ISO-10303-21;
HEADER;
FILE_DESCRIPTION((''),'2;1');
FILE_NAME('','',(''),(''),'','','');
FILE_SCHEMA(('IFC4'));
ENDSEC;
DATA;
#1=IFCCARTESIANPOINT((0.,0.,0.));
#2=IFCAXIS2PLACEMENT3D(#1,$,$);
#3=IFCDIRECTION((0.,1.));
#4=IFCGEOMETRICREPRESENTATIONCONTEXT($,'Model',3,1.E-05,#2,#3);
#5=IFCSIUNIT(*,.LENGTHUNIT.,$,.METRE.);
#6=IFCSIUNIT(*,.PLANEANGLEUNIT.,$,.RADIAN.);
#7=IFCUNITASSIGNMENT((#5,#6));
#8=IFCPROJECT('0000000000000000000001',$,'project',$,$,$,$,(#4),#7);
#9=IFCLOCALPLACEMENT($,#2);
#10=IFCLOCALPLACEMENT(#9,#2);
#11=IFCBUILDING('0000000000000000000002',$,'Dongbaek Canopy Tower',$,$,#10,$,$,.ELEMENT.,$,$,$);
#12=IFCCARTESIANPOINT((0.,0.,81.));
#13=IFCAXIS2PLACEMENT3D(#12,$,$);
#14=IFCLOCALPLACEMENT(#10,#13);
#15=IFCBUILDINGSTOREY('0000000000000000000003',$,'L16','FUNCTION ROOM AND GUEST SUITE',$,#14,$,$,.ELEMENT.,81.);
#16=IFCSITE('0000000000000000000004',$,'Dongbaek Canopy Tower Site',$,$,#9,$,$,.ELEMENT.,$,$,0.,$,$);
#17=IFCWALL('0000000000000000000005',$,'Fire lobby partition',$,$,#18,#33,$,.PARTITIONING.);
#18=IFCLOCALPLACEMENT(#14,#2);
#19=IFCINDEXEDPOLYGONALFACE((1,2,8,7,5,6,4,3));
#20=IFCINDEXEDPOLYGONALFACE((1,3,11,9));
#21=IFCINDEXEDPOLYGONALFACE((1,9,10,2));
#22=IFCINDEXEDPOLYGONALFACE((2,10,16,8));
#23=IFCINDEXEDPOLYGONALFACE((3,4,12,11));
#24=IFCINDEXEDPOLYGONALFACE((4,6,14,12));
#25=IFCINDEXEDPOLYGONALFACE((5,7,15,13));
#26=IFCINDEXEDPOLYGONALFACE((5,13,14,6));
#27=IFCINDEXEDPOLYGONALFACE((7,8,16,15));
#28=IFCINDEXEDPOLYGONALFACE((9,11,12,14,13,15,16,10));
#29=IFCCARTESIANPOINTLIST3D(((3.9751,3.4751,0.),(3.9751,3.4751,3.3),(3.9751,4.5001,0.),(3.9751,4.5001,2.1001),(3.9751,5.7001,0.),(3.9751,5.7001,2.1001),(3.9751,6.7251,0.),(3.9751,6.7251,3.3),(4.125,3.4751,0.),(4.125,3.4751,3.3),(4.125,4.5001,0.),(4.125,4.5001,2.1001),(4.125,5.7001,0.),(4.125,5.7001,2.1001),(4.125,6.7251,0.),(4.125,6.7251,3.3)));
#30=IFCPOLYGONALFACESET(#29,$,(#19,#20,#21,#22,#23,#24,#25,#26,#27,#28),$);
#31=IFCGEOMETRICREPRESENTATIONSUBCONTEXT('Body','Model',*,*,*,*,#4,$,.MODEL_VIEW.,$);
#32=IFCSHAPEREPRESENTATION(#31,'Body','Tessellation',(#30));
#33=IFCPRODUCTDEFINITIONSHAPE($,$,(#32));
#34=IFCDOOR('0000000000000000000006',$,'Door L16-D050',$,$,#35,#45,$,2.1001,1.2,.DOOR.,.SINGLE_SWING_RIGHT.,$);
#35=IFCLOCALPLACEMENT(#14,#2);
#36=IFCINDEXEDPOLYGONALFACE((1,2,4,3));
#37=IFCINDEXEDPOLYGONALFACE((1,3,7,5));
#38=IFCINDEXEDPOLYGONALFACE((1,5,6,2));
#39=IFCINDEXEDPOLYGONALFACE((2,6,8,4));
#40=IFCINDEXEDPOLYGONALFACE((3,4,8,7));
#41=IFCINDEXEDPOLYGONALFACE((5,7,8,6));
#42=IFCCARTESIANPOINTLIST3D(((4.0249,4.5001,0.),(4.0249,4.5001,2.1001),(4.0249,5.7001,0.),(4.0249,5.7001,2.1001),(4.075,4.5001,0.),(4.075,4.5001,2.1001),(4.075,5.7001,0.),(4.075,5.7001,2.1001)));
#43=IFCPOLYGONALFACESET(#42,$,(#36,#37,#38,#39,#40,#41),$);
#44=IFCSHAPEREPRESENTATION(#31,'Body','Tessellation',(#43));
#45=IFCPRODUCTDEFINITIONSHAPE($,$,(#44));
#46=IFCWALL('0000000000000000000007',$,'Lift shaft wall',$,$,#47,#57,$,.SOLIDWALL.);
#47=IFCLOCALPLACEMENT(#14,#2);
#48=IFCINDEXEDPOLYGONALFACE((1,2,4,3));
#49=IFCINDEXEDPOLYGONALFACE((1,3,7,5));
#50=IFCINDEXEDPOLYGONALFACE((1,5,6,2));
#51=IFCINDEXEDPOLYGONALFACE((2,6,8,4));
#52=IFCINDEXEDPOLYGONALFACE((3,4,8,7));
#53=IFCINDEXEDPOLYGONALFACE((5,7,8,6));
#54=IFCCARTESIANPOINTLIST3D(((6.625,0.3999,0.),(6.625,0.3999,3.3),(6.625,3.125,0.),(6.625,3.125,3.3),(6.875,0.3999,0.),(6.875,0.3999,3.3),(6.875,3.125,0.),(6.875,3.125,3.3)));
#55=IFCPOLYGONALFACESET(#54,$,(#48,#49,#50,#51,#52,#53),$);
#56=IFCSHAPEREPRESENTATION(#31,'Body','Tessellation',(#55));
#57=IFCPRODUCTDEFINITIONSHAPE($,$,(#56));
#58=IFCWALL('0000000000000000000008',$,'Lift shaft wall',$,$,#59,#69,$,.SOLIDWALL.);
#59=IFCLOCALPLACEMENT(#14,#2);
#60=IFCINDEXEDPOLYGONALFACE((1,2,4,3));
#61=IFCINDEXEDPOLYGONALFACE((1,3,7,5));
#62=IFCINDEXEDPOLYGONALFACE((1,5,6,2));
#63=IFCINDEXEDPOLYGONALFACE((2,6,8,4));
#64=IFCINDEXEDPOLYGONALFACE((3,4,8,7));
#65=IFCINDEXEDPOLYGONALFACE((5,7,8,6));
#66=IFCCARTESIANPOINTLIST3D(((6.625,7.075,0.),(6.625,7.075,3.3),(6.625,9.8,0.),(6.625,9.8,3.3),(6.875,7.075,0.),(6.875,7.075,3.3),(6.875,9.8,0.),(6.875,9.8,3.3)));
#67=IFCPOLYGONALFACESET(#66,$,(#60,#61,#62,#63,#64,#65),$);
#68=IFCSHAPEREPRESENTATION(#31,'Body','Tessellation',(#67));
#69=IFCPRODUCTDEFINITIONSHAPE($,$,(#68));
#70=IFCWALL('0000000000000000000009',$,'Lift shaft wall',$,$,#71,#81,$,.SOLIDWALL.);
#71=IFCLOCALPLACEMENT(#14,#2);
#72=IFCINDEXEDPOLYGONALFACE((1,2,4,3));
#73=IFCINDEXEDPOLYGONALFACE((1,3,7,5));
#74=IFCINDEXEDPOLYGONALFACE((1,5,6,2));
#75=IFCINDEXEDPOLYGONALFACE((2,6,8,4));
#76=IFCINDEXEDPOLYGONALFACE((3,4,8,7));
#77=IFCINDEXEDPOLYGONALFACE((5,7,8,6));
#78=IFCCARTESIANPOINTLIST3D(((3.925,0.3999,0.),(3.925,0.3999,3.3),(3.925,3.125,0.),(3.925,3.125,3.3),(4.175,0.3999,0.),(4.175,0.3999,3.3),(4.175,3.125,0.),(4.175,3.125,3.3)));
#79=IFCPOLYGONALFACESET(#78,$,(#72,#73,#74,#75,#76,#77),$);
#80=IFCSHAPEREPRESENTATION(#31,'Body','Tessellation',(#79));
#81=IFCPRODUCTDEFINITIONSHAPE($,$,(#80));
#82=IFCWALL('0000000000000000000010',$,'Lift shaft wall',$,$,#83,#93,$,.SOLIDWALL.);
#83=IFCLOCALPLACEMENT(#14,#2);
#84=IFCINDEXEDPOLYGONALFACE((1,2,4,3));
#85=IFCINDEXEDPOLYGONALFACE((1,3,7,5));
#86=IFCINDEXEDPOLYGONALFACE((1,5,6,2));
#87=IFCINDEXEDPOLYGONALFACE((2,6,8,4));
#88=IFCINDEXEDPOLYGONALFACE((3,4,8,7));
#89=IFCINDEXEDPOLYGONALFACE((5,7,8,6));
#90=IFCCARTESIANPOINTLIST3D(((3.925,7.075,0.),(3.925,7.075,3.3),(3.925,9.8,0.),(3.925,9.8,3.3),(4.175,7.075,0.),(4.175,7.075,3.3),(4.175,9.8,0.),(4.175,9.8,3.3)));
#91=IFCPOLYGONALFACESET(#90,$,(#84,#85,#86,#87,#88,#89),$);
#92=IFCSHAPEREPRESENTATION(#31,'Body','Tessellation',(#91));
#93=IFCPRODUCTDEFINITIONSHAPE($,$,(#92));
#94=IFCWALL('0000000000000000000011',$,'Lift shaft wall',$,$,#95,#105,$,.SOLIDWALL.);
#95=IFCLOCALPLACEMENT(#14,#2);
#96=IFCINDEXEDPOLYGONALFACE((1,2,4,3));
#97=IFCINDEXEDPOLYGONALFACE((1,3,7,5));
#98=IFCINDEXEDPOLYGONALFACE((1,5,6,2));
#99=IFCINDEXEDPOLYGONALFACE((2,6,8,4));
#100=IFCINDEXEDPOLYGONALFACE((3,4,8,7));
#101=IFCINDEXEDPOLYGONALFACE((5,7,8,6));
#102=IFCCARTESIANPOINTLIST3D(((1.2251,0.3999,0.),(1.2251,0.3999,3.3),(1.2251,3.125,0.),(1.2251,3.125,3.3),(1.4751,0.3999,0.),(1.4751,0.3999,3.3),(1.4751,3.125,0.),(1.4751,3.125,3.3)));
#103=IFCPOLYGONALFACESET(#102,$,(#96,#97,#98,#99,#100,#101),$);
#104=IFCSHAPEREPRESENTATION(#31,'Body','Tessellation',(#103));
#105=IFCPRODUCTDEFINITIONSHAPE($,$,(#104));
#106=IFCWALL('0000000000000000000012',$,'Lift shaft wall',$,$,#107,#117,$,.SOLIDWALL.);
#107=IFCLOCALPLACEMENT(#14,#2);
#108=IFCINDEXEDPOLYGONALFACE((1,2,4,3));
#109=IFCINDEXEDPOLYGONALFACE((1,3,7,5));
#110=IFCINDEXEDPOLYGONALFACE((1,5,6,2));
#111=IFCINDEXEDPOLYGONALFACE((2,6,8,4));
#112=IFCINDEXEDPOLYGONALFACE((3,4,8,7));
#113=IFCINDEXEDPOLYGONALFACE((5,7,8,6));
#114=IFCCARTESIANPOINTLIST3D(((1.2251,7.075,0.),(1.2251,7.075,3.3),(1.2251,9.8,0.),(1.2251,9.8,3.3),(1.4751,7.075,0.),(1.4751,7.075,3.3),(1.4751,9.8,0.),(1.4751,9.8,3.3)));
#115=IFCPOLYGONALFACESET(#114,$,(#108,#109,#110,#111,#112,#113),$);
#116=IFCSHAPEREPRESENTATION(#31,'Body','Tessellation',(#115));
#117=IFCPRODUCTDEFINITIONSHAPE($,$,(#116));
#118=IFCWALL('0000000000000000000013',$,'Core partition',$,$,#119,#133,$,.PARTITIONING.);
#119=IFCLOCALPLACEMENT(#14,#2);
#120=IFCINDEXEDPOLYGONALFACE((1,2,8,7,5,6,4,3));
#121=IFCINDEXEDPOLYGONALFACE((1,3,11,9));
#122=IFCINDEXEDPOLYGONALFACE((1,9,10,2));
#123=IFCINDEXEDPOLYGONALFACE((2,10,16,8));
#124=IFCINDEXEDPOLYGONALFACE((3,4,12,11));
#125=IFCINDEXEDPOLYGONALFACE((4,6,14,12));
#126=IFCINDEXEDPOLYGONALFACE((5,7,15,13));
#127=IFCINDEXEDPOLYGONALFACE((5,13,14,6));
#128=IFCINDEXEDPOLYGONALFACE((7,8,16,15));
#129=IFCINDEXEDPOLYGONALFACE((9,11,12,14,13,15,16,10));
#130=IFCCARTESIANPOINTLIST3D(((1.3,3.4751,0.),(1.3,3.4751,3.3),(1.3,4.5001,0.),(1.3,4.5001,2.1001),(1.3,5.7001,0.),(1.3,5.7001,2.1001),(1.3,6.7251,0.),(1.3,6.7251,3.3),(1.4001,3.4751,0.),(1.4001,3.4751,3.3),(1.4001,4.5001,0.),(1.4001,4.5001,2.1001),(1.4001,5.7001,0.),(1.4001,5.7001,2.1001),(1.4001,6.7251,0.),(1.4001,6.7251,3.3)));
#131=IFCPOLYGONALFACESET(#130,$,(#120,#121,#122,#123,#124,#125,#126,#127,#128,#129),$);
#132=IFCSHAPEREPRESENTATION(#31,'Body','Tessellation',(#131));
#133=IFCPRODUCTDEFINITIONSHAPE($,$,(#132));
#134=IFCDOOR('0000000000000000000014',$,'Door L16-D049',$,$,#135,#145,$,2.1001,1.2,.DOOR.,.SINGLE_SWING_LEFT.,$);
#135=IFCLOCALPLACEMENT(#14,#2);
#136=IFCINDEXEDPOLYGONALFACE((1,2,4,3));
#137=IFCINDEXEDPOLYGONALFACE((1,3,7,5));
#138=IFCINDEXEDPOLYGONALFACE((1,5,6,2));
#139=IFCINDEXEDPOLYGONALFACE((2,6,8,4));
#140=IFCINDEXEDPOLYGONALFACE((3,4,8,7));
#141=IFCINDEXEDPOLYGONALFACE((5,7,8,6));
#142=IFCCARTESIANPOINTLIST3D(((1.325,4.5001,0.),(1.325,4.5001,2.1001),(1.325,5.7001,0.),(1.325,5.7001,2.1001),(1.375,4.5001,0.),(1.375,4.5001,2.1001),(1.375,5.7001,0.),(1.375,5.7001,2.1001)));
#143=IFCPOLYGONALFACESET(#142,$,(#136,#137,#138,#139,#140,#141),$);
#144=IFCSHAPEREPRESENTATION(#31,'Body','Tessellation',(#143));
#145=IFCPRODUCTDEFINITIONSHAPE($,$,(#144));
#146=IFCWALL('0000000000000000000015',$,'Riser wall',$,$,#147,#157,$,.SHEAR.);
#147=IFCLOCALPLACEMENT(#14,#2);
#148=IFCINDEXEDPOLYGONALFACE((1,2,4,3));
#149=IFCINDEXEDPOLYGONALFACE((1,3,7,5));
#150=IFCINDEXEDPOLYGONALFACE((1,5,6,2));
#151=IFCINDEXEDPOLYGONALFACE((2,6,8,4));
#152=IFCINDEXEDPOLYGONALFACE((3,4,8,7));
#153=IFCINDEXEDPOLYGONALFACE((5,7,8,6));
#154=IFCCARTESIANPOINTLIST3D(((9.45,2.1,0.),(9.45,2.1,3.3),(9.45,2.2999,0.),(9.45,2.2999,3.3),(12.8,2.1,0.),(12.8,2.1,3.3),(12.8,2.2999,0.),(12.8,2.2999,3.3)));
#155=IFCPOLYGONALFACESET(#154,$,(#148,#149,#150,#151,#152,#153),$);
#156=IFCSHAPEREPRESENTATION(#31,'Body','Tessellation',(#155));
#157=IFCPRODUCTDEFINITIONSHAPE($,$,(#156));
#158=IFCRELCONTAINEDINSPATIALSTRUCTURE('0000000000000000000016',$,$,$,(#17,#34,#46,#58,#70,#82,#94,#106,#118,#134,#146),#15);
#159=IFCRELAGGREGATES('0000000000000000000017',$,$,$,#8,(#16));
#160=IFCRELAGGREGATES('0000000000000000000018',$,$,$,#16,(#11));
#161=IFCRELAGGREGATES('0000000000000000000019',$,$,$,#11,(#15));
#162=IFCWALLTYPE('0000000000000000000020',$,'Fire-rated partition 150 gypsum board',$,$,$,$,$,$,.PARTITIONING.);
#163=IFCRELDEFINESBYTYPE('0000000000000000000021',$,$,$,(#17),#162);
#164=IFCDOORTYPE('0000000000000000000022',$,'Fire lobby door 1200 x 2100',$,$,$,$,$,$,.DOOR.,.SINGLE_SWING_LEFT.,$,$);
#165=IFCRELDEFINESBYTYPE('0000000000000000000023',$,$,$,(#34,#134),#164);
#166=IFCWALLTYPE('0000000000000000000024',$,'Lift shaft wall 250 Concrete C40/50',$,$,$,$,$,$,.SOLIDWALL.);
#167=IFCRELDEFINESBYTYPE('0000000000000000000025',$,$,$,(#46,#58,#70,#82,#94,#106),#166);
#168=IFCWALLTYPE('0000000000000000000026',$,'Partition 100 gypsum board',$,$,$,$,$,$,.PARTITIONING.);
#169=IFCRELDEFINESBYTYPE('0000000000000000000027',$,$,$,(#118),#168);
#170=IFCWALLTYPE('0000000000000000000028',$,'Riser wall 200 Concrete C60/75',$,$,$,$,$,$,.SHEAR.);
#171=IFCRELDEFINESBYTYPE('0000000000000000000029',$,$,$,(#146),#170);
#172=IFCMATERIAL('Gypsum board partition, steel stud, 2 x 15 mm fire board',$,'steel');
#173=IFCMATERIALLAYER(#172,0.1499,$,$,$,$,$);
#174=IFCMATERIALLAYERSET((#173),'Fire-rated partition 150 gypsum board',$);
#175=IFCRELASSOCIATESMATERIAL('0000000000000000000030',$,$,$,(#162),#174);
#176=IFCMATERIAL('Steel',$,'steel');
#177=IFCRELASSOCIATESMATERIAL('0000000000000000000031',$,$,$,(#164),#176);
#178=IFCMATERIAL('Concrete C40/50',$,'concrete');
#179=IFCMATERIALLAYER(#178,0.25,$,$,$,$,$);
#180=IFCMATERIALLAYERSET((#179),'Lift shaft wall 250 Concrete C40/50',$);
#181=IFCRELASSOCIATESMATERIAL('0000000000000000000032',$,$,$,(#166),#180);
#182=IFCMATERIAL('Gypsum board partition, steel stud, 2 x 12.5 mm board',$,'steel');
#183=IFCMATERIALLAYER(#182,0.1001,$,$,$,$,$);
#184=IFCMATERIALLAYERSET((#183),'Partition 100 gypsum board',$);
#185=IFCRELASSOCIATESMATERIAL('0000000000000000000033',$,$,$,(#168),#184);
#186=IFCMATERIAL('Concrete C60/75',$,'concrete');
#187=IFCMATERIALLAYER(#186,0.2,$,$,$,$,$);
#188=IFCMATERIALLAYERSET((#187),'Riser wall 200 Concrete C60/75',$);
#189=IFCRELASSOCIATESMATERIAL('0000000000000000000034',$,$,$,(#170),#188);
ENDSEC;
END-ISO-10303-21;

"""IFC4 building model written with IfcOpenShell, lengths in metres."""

from ifc_helpers import new_model, si_unit, direction, frame, frame_2d, origin, place, context, subcontext, project, spatial, rectangle, extrude, material, layer, layer_set, type_object, element, fill, save


model = new_model("IFC4")

# Units and contexts
model_context = context("Model", 3, precision=1e-05, world=origin(), true_north=direction((0.0, 1.0)))
body_context = subcontext(model_context, "Body", "Model", "MODEL_VIEW")
ifc_project = project(units=[si_unit("LENGTHUNIT", "METRE"), si_unit("PLANEANGLEUNIT", "RADIAN")], contexts=[model_context])

# Site, building, storey
site_placement = place(None, origin())
site = spatial("IfcSite", under=ifc_project, at=site_placement, Name="Dongbaek Canopy Tower Site", CompositionType="ELEMENT", RefElevation=0.0)
building_placement = place(site_placement, origin())
building = spatial("IfcBuilding", under=site, at=building_placement, Name="Dongbaek Canopy Tower", CompositionType="ELEMENT")
storey_placement = place(building_placement, frame((0.0, 0.0, 81.0)))
storey = spatial("IfcBuildingStorey", under=building, at=storey_placement, Name="L16", Description="FUNCTION ROOM AND GUEST SUITE", CompositionType="ELEMENT", Elevation=81.0)

# Shared definitions
ifc_material_1 = material(Name="Gypsum board partition, steel stud, 2 x 15 mm fire board", Category="steel")
ifc_layer_1 = layer(ifc_material_1, 0.1499)
ifc_layer_set_1 = layer_set([ifc_layer_1], Name="Fire-rated partition 150 gypsum board")
wall_type_1 = type_object("IfcWallType", Name="Fire-rated partition 150 gypsum board", PredefinedType="PARTITIONING", material=ifc_layer_set_1)

# Wall, opening, door
wall_1_placement = place(storey_placement, frame((4.05, 6.7251, 0.0), z_axis=(0.0, 0.0, 1.0), x_axis=(0.0, -1.0, 0.0)))
wall_1 = element("IfcWall", 1, at=wall_1_placement, inside=storey, type_object=wall_type_1, Name="Fire lobby partition", PredefinedType="PARTITIONING", context=body_context, shape_type="SweptSolid", body=[
    extrude(rectangle(XDim=3.25, YDim=0.1499, at=frame_2d((1.625, 0.0))), origin(), (0.0, 0.0, 1.0), 3.3),
])
opening_1_placement = place(wall_1_placement, frame((1.0249, 0.0, 0.0)))
opening_1 = element("IfcOpeningElement", 2, at=opening_1_placement, cuts=wall_1, PredefinedType="OPENING", context=body_context, shape_type="SweptSolid", body=[
    extrude(rectangle(XDim=1.2, YDim=2.1001, at=frame_2d((0.6001, 1.05))), frame((0.0, 0.085, 0.0), z_axis=(0.0, -1.0, 0.0), x_axis=(1.0, 0.0, 0.0)), (0.0, 0.0, 1.0), 0.1699),
])
ifc_material_2 = material(Name="Steel", Category="steel")
door_type_1 = type_object("IfcDoorType", Name="Fire lobby door 1200 x 2100", OperationType="SINGLE_SWING_LEFT", PredefinedType="DOOR", material=ifc_material_2)
door_1_placement = place(opening_1_placement, origin())
door_1 = element("IfcDoor", 3, at=door_1_placement, inside=storey, type_object=door_type_1, Name="Door L16-D050", OperationType="SINGLE_SWING_RIGHT", OverallHeight=2.1001, OverallWidth=1.2, PredefinedType="DOOR", context=body_context, shape_type="SweptSolid", body=[
    extrude(rectangle(XDim=1.2, YDim=2.1001, at=frame_2d((0.6001, 1.05))), frame((0.0, 0.0249, 0.0), z_axis=(0.0, -1.0, 0.0), x_axis=(1.0, 0.0, 0.0)), (0.0, 0.0, 1.0), 0.05),
])
fill(opening_1, door_1)

# Walls
ifc_material_3 = material(Name="Concrete C40/50", Category="concrete")
ifc_layer_2 = layer(ifc_material_3, 0.25)
ifc_layer_set_2 = layer_set([ifc_layer_2], Name="Lift shaft wall 250 Concrete C40/50")
wall_type_2 = type_object("IfcWallType", Name="Lift shaft wall 250 Concrete C40/50", PredefinedType="SOLIDWALL", material=ifc_layer_set_2)
for number, where, z_axis, x_axis, name in (
    (4, (6.75, 0.3999, 0.0), (0.0, 0.0, 1.0), (0.0, 1.0, 0.0), "Lift shaft wall"),
    (5, (6.75, 7.075, 0.0), (0.0, 0.0, 1.0), (0.0, 1.0, 0.0), "Lift shaft wall"),
    (6, (4.05, 0.3999, 0.0), (0.0, 0.0, 1.0), (0.0, 1.0, 0.0), "Lift shaft wall"),
    (7, (4.05, 7.075, 0.0), (0.0, 0.0, 1.0), (0.0, 1.0, 0.0), "Lift shaft wall"),
    (8, (1.3501, 0.3999, 0.0), (0.0, 0.0, 1.0), (0.0, 1.0, 0.0), "Lift shaft wall"),
    (9, (1.3501, 7.075, 0.0), (0.0, 0.0, 1.0), (0.0, 1.0, 0.0), "Lift shaft wall"),
):
    element("IfcWall", number, at=place(storey_placement, frame(where, z_axis=z_axis, x_axis=x_axis)), inside=storey, type_object=wall_type_2, Name=name, PredefinedType="SOLIDWALL", context=body_context, shape_type="SweptSolid", body=[
        extrude(rectangle(XDim=2.7251, YDim=0.25, at=frame_2d((1.3625, 0.0))), origin(), (0.0, 0.0, 1.0), 3.3),
    ])

# Wall, opening, door
ifc_material_4 = material(Name="Gypsum board partition, steel stud, 2 x 12.5 mm board", Category="steel")
ifc_layer_3 = layer(ifc_material_4, 0.1001)
ifc_layer_set_3 = layer_set([ifc_layer_3], Name="Partition 100 gypsum board")
wall_type_3 = type_object("IfcWallType", Name="Partition 100 gypsum board", PredefinedType="PARTITIONING", material=ifc_layer_set_3)
wall_2_placement = place(storey_placement, frame((1.3501, 6.7251, 0.0), z_axis=(0.0, 0.0, 1.0), x_axis=(0.0, -1.0, 0.0)))
wall_2 = element("IfcWall", 10, at=wall_2_placement, inside=storey, type_object=wall_type_3, Name="Core partition", PredefinedType="PARTITIONING", context=body_context, shape_type="SweptSolid", body=[
    extrude(rectangle(XDim=3.25, YDim=0.1001, at=frame_2d((1.625, 0.0))), origin(), (0.0, 0.0, 1.0), 3.3),
])
opening_2_placement = place(wall_2_placement, frame((1.0249, 0.0, 0.0)))
opening_2 = element("IfcOpeningElement", 11, at=opening_2_placement, cuts=wall_2, PredefinedType="OPENING", context=body_context, shape_type="SweptSolid", body=[
    extrude(rectangle(XDim=1.2, YDim=2.1001, at=frame_2d((0.6001, 1.05))), frame((0.0, 0.0601, 0.0), z_axis=(0.0, -1.0, 0.0), x_axis=(1.0, 0.0, 0.0)), (0.0, 0.0, 1.0), 0.1201),
])
door_2_placement = place(opening_2_placement, origin())
door_2 = element("IfcDoor", 12, at=door_2_placement, inside=storey, type_object=door_type_1, Name="Door L16-D049", OperationType="SINGLE_SWING_LEFT", OverallHeight=2.1001, OverallWidth=1.2, PredefinedType="DOOR", context=body_context, shape_type="SweptSolid", body=[
    extrude(rectangle(XDim=1.2, YDim=2.1001, at=frame_2d((0.6001, 1.05))), frame((0.0, 0.0249, 0.0), z_axis=(0.0, -1.0, 0.0), x_axis=(1.0, 0.0, 0.0)), (0.0, 0.0, 1.0), 0.05),
])
fill(opening_2, door_2)

# Wall
ifc_material_5 = material(Name="Concrete C60/75", Category="concrete")
ifc_layer_4 = layer(ifc_material_5, 0.2)
ifc_layer_set_4 = layer_set([ifc_layer_4], Name="Riser wall 200 Concrete C60/75")
wall_type_4 = type_object("IfcWallType", Name="Riser wall 200 Concrete C60/75", PredefinedType="SHEAR", material=ifc_layer_set_4)
wall_3_placement = place(storey_placement, frame((9.45, 2.2, 0.0), z_axis=(0.0, 0.0, 1.0), x_axis=(1.0, 0.0, 0.0)))
element("IfcWall", 13, at=wall_3_placement, inside=storey, type_object=wall_type_4, Name="Riser wall", PredefinedType="SHEAR", context=body_context, shape_type="SweptSolid", body=[
    extrude(rectangle(XDim=3.3501, YDim=0.2, at=frame_2d((1.675, 0.0))), origin(), (0.0, 0.0, 1.0), 3.3),
])

save(model, "model.ifc")
